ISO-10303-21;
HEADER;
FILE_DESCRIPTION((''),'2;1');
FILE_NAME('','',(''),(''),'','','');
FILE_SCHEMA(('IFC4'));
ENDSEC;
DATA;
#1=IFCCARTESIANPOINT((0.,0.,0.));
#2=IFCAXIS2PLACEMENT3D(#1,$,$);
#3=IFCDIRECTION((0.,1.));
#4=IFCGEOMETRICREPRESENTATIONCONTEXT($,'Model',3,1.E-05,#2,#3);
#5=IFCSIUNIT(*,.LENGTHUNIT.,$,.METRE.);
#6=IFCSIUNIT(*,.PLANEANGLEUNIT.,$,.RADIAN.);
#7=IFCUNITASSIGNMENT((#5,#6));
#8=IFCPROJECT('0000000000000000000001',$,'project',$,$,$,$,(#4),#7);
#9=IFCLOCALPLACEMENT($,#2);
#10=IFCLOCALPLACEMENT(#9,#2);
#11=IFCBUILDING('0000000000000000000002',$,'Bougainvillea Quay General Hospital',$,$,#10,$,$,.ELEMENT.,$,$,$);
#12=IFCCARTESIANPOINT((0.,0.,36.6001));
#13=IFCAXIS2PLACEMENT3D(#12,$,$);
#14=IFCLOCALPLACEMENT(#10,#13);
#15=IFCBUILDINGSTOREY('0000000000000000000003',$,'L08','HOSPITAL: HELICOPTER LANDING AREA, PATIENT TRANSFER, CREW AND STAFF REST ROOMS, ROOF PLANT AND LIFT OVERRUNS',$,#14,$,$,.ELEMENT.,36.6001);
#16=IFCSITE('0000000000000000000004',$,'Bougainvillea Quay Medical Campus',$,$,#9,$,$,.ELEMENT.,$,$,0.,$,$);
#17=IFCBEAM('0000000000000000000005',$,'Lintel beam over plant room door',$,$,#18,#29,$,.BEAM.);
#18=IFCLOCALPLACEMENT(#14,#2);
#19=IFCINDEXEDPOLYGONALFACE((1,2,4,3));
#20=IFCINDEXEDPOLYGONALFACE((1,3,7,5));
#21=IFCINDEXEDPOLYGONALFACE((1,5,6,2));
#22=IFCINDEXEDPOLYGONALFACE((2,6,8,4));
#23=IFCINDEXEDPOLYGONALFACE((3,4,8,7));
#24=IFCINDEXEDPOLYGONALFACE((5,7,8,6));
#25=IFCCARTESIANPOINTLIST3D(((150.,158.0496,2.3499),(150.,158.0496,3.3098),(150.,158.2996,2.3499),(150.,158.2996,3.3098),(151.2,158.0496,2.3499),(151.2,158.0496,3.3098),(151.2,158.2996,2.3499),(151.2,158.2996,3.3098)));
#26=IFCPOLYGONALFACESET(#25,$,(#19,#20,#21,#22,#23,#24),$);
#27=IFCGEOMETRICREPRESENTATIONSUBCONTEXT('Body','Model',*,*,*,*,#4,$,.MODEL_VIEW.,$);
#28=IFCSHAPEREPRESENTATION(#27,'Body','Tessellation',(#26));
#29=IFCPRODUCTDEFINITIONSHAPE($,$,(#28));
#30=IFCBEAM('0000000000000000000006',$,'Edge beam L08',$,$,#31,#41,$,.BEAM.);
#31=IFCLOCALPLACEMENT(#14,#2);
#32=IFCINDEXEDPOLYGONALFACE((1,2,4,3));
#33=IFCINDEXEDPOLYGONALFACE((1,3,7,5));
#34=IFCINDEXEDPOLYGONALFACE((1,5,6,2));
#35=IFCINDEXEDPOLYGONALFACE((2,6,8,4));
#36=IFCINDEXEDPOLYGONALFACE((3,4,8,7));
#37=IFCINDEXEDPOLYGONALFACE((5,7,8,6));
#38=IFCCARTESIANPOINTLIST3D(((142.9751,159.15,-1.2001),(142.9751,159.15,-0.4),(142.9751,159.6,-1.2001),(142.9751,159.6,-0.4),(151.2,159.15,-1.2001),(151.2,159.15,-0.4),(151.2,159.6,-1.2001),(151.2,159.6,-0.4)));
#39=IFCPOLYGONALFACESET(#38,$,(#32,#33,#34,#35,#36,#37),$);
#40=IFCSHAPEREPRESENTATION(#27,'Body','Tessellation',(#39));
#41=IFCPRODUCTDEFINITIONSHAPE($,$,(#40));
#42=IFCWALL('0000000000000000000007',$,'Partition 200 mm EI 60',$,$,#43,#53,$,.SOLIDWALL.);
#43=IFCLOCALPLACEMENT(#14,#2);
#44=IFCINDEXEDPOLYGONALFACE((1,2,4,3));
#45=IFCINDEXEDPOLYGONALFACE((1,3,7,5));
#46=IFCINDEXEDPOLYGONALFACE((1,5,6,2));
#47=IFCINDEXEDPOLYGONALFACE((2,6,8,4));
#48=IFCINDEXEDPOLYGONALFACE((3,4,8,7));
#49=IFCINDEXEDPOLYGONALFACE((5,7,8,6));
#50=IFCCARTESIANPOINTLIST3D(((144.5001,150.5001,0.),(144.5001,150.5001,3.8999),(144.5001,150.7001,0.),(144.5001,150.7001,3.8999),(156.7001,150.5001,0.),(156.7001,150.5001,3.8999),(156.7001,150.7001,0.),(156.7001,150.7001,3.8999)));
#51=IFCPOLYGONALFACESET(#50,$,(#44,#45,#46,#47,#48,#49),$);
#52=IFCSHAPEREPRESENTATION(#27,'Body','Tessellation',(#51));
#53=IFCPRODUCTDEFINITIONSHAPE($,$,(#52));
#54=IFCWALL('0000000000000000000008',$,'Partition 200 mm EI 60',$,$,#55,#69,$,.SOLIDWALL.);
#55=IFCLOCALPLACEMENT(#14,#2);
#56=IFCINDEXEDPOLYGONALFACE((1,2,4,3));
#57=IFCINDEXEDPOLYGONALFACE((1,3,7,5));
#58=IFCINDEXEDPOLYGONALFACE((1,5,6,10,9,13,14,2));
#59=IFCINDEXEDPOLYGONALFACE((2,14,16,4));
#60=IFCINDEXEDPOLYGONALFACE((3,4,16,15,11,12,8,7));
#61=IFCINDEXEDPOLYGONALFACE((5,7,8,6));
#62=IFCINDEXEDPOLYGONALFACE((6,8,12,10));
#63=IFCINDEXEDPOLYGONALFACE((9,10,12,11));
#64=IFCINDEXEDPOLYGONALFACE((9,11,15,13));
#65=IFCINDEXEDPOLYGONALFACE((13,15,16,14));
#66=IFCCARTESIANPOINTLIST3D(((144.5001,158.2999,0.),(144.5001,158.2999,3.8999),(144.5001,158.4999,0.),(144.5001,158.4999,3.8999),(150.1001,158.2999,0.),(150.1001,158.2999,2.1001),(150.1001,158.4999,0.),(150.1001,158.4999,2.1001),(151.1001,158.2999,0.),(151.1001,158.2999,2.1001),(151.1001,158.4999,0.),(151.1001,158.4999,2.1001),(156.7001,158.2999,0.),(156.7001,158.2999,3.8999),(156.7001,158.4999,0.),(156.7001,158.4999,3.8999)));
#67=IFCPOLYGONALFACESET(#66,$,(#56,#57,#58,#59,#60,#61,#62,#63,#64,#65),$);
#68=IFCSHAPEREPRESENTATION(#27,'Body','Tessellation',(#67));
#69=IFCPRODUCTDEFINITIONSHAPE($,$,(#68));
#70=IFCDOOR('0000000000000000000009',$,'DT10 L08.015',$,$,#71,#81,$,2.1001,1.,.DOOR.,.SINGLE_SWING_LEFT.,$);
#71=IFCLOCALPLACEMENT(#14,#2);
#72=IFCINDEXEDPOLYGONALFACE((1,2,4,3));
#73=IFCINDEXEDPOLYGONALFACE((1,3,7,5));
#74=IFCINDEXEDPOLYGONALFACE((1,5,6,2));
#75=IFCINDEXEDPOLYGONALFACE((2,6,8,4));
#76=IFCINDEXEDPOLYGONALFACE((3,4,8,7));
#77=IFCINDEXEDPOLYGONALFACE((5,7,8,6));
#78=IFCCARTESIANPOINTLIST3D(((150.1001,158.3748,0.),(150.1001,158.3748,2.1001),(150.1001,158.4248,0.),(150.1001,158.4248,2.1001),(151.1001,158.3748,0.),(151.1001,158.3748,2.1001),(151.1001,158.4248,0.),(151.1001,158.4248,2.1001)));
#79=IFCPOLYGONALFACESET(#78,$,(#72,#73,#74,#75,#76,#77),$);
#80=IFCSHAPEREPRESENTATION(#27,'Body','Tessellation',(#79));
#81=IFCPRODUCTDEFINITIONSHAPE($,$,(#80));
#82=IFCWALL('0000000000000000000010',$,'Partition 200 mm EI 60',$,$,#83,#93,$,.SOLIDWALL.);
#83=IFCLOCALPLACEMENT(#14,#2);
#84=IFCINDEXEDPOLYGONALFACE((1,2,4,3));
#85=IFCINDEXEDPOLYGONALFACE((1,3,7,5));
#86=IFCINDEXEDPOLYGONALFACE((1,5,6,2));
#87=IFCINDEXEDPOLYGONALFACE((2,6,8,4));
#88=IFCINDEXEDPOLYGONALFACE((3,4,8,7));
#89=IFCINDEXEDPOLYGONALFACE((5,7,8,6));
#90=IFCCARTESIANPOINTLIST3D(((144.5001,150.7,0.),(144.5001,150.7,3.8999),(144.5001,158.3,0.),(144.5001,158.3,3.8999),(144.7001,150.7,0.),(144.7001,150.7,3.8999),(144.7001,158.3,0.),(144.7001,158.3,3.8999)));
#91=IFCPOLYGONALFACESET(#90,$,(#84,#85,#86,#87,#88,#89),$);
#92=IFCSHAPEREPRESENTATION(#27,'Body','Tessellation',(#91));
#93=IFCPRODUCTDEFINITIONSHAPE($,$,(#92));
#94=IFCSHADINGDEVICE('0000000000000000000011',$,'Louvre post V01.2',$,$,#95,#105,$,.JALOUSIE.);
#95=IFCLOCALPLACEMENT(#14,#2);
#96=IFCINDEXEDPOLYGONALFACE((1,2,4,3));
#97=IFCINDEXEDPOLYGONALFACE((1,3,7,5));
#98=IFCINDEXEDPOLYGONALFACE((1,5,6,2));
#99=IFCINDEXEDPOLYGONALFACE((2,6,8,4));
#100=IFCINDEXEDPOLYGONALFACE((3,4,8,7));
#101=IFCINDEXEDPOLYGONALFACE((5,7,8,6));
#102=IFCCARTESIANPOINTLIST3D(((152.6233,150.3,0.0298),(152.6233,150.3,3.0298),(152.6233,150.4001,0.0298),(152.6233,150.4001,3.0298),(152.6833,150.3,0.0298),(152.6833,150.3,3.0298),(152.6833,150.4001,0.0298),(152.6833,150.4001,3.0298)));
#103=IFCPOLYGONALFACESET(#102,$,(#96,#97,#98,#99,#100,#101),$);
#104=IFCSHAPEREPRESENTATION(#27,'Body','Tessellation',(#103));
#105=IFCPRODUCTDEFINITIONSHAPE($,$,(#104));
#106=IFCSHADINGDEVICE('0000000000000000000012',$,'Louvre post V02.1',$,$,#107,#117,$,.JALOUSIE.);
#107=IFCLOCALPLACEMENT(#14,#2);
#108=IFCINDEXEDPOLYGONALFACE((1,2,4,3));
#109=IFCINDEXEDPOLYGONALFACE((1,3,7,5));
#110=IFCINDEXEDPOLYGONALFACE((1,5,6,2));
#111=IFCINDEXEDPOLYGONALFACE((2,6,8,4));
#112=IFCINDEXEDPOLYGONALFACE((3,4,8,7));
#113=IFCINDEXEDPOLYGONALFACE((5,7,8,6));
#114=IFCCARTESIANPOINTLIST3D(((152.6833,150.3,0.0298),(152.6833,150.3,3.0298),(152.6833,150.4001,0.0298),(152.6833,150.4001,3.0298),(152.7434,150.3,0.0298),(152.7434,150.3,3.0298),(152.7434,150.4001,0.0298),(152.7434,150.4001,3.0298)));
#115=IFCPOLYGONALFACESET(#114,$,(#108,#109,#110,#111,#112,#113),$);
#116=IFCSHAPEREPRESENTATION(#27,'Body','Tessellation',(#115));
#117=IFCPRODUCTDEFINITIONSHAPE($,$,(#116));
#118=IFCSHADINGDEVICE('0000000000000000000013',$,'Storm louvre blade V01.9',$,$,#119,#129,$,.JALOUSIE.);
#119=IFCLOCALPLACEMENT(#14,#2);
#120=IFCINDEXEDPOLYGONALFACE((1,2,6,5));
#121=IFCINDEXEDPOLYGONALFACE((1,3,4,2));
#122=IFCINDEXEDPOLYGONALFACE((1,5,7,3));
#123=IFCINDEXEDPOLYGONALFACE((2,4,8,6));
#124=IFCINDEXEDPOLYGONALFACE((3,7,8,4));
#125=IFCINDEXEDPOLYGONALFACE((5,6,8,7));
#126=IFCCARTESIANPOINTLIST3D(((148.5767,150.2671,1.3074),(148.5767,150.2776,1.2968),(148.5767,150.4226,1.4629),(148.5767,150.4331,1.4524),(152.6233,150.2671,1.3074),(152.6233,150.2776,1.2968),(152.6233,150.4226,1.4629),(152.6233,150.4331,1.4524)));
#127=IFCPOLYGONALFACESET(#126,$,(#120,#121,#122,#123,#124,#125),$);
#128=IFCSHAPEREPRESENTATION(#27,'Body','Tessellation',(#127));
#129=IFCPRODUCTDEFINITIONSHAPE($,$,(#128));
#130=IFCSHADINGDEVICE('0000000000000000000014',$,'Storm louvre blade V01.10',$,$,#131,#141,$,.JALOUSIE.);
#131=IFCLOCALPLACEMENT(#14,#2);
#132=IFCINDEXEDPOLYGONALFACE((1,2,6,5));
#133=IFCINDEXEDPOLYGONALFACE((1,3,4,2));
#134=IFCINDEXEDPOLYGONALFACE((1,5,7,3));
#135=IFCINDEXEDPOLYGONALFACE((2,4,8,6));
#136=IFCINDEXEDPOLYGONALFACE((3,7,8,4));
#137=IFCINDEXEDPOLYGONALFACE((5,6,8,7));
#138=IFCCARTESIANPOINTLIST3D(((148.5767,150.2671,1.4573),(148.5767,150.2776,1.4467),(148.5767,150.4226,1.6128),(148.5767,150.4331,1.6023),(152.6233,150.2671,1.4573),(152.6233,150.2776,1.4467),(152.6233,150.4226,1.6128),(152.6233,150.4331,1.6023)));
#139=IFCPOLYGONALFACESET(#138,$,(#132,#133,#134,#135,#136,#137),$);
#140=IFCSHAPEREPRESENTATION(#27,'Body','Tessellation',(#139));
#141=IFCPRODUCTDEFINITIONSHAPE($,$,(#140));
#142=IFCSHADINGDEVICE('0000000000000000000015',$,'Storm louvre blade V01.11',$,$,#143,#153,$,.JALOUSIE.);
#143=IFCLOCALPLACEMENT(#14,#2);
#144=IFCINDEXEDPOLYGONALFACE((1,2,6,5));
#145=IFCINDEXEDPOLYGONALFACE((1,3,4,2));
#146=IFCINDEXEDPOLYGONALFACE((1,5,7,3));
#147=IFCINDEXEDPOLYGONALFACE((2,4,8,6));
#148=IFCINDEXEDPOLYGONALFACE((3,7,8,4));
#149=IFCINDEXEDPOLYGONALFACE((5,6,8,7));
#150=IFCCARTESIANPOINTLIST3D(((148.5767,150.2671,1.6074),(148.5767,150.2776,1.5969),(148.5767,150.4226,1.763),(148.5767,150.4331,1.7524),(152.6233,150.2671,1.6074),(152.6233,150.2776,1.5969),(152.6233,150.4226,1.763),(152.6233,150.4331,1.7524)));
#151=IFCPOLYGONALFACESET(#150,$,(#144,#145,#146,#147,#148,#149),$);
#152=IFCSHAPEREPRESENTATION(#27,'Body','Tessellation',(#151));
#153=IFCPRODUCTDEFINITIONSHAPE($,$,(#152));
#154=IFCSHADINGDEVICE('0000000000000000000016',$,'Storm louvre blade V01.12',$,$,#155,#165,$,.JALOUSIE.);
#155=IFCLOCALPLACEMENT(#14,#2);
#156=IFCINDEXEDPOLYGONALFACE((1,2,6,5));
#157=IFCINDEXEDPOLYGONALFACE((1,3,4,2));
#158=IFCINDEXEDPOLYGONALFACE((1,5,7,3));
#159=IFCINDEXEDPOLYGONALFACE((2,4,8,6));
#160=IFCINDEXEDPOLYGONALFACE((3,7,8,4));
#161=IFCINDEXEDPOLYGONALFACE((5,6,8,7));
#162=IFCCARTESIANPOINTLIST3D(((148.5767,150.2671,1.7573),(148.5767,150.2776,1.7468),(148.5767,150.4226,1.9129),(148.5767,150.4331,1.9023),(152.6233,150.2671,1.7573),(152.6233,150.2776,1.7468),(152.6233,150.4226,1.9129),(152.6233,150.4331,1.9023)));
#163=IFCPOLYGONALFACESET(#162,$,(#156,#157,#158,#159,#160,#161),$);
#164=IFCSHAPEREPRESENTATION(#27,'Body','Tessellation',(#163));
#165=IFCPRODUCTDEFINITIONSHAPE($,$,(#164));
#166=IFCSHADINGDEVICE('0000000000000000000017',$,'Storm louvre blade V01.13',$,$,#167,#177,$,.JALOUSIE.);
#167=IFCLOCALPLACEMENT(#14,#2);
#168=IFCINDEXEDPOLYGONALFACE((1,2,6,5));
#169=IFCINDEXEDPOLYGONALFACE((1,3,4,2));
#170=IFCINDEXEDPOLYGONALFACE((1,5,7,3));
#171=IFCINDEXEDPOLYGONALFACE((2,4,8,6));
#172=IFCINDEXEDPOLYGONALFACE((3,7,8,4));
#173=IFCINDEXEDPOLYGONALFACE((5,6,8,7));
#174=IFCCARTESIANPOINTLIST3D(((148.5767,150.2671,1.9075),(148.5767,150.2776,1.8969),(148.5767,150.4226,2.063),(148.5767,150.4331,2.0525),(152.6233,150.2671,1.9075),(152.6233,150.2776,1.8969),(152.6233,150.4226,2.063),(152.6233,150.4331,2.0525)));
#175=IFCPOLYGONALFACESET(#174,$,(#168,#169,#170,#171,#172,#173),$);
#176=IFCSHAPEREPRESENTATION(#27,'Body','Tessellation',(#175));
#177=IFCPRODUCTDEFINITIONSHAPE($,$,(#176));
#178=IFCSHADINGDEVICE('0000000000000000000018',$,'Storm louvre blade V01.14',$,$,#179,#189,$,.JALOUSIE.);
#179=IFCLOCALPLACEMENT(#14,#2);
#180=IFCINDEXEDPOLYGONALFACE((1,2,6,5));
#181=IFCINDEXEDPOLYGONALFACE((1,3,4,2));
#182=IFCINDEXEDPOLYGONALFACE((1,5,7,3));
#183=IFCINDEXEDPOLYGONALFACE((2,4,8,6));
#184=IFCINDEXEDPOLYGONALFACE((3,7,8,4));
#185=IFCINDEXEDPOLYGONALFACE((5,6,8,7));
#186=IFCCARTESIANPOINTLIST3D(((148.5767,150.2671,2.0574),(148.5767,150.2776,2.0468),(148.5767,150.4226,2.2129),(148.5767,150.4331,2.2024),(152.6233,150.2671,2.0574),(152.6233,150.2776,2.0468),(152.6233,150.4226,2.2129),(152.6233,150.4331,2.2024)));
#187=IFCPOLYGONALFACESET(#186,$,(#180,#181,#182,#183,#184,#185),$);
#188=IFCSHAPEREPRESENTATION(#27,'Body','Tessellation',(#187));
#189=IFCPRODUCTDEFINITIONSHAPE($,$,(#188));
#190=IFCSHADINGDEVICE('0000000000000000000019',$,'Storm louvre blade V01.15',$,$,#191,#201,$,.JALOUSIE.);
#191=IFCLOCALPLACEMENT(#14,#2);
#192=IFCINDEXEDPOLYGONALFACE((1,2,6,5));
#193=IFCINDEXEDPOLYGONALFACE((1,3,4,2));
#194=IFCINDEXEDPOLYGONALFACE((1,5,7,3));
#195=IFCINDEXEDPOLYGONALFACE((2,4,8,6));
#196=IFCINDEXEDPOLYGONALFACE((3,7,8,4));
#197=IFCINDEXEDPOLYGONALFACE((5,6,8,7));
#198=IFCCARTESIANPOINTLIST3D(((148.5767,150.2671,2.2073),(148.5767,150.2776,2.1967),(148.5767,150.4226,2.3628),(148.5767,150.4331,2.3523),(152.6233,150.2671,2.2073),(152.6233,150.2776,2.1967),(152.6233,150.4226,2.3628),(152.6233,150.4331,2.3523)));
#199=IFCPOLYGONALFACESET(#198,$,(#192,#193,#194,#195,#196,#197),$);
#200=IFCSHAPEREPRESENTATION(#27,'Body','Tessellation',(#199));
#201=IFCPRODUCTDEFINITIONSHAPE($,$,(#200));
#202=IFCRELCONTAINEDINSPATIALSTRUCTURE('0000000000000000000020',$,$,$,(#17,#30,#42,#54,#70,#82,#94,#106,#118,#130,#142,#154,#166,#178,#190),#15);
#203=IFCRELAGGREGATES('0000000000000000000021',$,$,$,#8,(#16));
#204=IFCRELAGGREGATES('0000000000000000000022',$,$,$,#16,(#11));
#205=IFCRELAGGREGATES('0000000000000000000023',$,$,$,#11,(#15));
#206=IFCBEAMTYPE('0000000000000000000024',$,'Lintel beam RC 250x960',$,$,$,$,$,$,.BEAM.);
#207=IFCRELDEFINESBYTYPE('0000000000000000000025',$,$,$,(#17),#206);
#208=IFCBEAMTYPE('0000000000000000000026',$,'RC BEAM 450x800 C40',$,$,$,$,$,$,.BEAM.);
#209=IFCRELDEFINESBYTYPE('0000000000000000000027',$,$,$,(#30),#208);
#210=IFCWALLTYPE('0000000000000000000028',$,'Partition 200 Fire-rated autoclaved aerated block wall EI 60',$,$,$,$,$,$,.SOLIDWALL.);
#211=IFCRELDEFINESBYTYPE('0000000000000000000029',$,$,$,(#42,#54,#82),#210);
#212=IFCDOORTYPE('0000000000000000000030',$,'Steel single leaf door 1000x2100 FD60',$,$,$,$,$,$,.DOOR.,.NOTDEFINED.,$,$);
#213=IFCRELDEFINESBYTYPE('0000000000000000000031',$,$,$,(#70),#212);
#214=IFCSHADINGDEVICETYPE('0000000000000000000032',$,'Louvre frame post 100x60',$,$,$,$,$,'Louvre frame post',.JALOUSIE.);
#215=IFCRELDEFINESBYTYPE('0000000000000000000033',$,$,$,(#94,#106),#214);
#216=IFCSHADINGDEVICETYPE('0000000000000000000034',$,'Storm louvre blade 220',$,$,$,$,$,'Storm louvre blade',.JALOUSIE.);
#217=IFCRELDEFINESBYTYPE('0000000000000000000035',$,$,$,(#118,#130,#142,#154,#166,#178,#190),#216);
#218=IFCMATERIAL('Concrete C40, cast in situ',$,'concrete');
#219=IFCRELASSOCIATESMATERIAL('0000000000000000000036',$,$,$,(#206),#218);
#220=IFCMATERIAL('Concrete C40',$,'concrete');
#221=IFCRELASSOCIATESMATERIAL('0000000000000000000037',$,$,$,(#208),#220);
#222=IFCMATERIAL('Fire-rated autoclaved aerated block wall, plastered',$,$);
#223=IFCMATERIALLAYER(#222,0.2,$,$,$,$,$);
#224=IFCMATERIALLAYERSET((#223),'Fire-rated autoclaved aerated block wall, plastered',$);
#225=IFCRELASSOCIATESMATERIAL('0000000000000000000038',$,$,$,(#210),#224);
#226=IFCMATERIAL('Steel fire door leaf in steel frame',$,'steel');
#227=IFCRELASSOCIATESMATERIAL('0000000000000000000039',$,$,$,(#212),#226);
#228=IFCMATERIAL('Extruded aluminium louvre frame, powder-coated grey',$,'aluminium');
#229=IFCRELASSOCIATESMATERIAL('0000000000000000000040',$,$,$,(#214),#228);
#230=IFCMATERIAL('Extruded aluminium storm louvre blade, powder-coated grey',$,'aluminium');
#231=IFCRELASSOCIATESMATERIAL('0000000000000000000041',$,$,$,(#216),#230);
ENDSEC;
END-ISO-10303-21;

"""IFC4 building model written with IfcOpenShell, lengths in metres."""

from ifc_helpers import new_model, si_unit, direction, frame, frame_2d, origin, origin_2d, place, context, subcontext, project, spatial, rectangle, extrude, material, layer, layer_set, material_profile, profile_set, type_object, element, fill, save


model = new_model("IFC4")

# Units and contexts
model_context = context("Model", 3, precision=1e-05, world=origin(), true_north=direction((0.0, 1.0)))
body_context = subcontext(model_context, "Body", "Model", "MODEL_VIEW")
ifc_project = project(units=[si_unit("LENGTHUNIT", "METRE"), si_unit("PLANEANGLEUNIT", "RADIAN")], contexts=[model_context])

# Site, building, storey
site_placement = place(None, origin())
site = spatial("IfcSite", under=ifc_project, at=site_placement, Name="Bougainvillea Quay Medical Campus", CompositionType="ELEMENT", RefElevation=0.0)
building_placement = place(site_placement, origin())
building = spatial("IfcBuilding", under=site, at=building_placement, Name="Bougainvillea Quay General Hospital", CompositionType="ELEMENT")
storey_placement = place(building_placement, frame((0.0, 0.0, 36.6001)))
storey = spatial("IfcBuildingStorey", under=building, at=storey_placement, Name="L08", Description="HOSPITAL: HELICOPTER LANDING AREA, PATIENT TRANSFER, CREW AND STAFF REST ROOMS, ROOF PLANT AND LIFT OVERRUNS", CompositionType="ELEMENT", Elevation=36.6001)

# Beams
ifc_material_1 = material(Name="Concrete C40, cast in situ", Category="concrete")
ifc_material_profile_1 = material_profile(ifc_material_1, rectangle(XDim=0.25, YDim=0.96, at=origin_2d()))
ifc_profile_set_1 = profile_set([ifc_material_profile_1], Name="Concrete C40, cast in situ")
beam_type_1 = type_object("IfcBeamType", Name="Lintel beam RC 250x960", PredefinedType="BEAM", material=ifc_profile_set_1)
beam_1_placement = place(storey_placement, frame((150.0, 158.1746, 2.8298), z_axis=(1.0, 0.0, 0.0), x_axis=(0.0, 1.0, 0.0)))
element("IfcBeam", 1, at=beam_1_placement, inside=storey, type_object=beam_type_1, Name="Lintel beam over plant room door", PredefinedType="BEAM", context=body_context, shape_type="SweptSolid", body=[
    extrude(rectangle(XDim=0.25, YDim=0.96, at=origin_2d()), origin(), (0.0, 0.0, 1.0), 1.2),
])
ifc_material_2 = material(Name="Concrete C40", Category="concrete")
ifc_material_profile_2 = material_profile(ifc_material_2, rectangle(XDim=0.45, YDim=0.8, at=origin_2d()))
ifc_profile_set_2 = profile_set([ifc_material_profile_2], Name="Concrete C40")
beam_type_2 = type_object("IfcBeamType", Name="RC BEAM 450x800 C40", PredefinedType="BEAM", material=ifc_profile_set_2)
beam_2_placement = place(storey_placement, frame((151.2, 159.375, -0.8), z_axis=(-1.0, 0.0, 0.0), x_axis=(0.0, -1.0, 0.0)))
element("IfcBeam", 2, at=beam_2_placement, inside=storey, type_object=beam_type_2, Name="Edge beam L08", PredefinedType="BEAM", context=body_context, shape_type="SweptSolid", body=[
    extrude(rectangle(XDim=0.45, YDim=0.8, at=origin_2d()), origin(), (0.0, 0.0, 1.0), 8.2249),
])

# Wall
ifc_material_3 = material(Name="Fire-rated autoclaved aerated block wall, plastered")
ifc_layer = layer(ifc_material_3, 0.2)
ifc_layer_set = layer_set([ifc_layer], Name="Fire-rated autoclaved aerated block wall, plastered")
wall_type = type_object("IfcWallType", Name="Partition 200 Fire-rated autoclaved aerated block wall EI 60", PredefinedType="SOLIDWALL", material=ifc_layer_set)
wall_1_placement = place(storey_placement, frame((144.5, 150.6001, 0.0), z_axis=(0.0, 0.0, 1.0), x_axis=(1.0, 0.0, 0.0)))
element("IfcWall", 3, at=wall_1_placement, inside=storey, type_object=wall_type, Name="Partition 200 mm EI 60", PredefinedType="SOLIDWALL", context=body_context, shape_type="SweptSolid", body=[
    extrude(rectangle(XDim=12.2, YDim=0.2, at=frame_2d((6.1001, 0.0))), origin(), (0.0, 0.0, 1.0), 3.8999),
])

# Wall, opening, door
wall_2_placement = place(storey_placement, frame((144.5, 158.3999, 0.0), z_axis=(0.0, 0.0, 1.0), x_axis=(1.0, 0.0, 0.0)))
wall_2 = element("IfcWall", 4, at=wall_2_placement, inside=storey, type_object=wall_type, Name="Partition 200 mm EI 60", PredefinedType="SOLIDWALL", context=body_context, shape_type="SweptSolid", body=[
    extrude(rectangle(XDim=12.2, YDim=0.2, at=frame_2d((6.1001, 0.0))), origin(), (0.0, 0.0, 1.0), 3.8999),
])
opening_placement = place(wall_2_placement, frame((5.6001, 0.0, 0.0)))
opening = element("IfcOpeningElement", 5, at=opening_placement, cuts=wall_2, PredefinedType="OPENING", context=body_context, shape_type="SweptSolid", body=[
    extrude(rectangle(XDim=1.0, YDim=2.1001, at=frame_2d((0.5, 1.05))), frame((0.0, 0.1099, 0.0), z_axis=(0.0, -1.0, 0.0), x_axis=(1.0, 0.0, 0.0)), (0.0, 0.0, 1.0), 0.22),
])
ifc_material_4 = material(Name="Steel fire door leaf in steel frame", Category="steel")
door_type = type_object("IfcDoorType", Name="Steel single leaf door 1000x2100 FD60", OperationType="NOTDEFINED", PredefinedType="DOOR", material=ifc_material_4)
door_placement = place(opening_placement, origin())
door = element("IfcDoor", 6, at=door_placement, inside=storey, type_object=door_type, Name="DT10 L08.015", OperationType="SINGLE_SWING_LEFT", OverallHeight=2.1001, OverallWidth=1.0, PredefinedType="DOOR", context=body_context, shape_type="SweptSolid", body=[
    extrude(rectangle(XDim=1.0, YDim=2.1001, at=frame_2d((0.5, 1.05))), frame((0.0, 0.0249, 0.0), z_axis=(0.0, -1.0, 0.0), x_axis=(1.0, 0.0, 0.0)), (0.0, 0.0, 1.0), 0.05),
])
fill(opening, door)

# Wall
wall_3_placement = place(storey_placement, frame((144.6001, 150.7, 0.0), z_axis=(0.0, 0.0, 1.0), x_axis=(0.0, 1.0, 0.0)))
element("IfcWall", 7, at=wall_3_placement, inside=storey, type_object=wall_type, Name="Partition 200 mm EI 60", PredefinedType="SOLIDWALL", context=body_context, shape_type="SweptSolid", body=[
    extrude(rectangle(XDim=7.6001, YDim=0.2, at=frame_2d((3.8, 0.0))), origin(), (0.0, 0.0, 1.0), 3.8999),
])

# Shading devices
ifc_material_5 = material(Name="Extruded aluminium louvre frame, powder-coated grey", Category="aluminium")
ifc_material_profile_3 = material_profile(ifc_material_5, rectangle(XDim=0.1001, YDim=0.0601, at=origin_2d()))
ifc_profile_set_3 = profile_set([ifc_material_profile_3], Name="Extruded aluminium louvre frame, powder-coated grey")
shading_device_type_1 = type_object("IfcShadingDeviceType", Name="Louvre frame post 100x60", ElementType="Louvre frame post", PredefinedType="JALOUSIE", material=ifc_profile_set_3)
for number, where, z_axis, x_axis, name in (
    (8, (152.6533, 150.3501, 0.0298), (0.0, 0.0, 1.0), (0.0, 1.0, 0.0), "Louvre post V01.2"),
    (9, (152.7134, 150.3501, 0.0298), (0.0, 0.0, 1.0), (0.0, 1.0, 0.0), "Louvre post V02.1"),
):
    element("IfcShadingDevice", number, at=place(storey_placement, frame(where, z_axis=z_axis, x_axis=x_axis)), inside=storey, type_object=shading_device_type_1, Name=name, PredefinedType="JALOUSIE", context=body_context, shape_type="SweptSolid", body=[
        extrude(rectangle(XDim=0.1001, YDim=0.0601, at=origin_2d()), origin(), (0.0, 0.0, 1.0), 3.0),
    ])
ifc_material_6 = material(Name="Extruded aluminium storm louvre blade, powder-coated grey", Category="aluminium")
ifc_material_profile_4 = material_profile(ifc_material_6, rectangle(XDim=0.22, YDim=0.0149, at=origin_2d()))
ifc_profile_set_4 = profile_set([ifc_material_profile_4], Name="Extruded aluminium storm louvre blade, powder-coated grey")
shading_device_type_2 = type_object("IfcShadingDeviceType", Name="Storm louvre blade 220", ElementType="Storm louvre blade", PredefinedType="JALOUSIE", material=ifc_profile_set_4)
for number, where, z_axis, x_axis, name in (
    (10, (148.5767, 150.3501, 1.3799), (1.0, 0.0, 0.0), (0.0, 0.707107, 0.707107), "Storm louvre blade V01.9"),
    (11, (148.5767, 150.3501, 1.5298), (1.0, 0.0, 0.0), (0.0, 0.707107, 0.707107), "Storm louvre blade V01.10"),
    (12, (148.5767, 150.3501, 1.6799), (1.0, 0.0, 0.0), (0.0, 0.707107, 0.707107), "Storm louvre blade V01.11"),
    (13, (148.5767, 150.3501, 1.8298), (1.0, 0.0, 0.0), (0.0, 0.707107, 0.707107), "Storm louvre blade V01.12"),
    (14, (148.5767, 150.3501, 1.98), (1.0, 0.0, 0.0), (0.0, 0.707107, 0.707107), "Storm louvre blade V01.13"),
    (15, (148.5767, 150.3501, 2.1299), (1.0, 0.0, 0.0), (0.0, 0.707107, 0.707107), "Storm louvre blade V01.14"),
    (16, (148.5767, 150.3501, 2.2798), (1.0, 0.0, 0.0), (0.0, 0.707107, 0.707107), "Storm louvre blade V01.15"),
):
    element("IfcShadingDevice", number, at=place(storey_placement, frame(where, z_axis=z_axis, x_axis=x_axis)), inside=storey, type_object=shading_device_type_2, Name=name, PredefinedType="JALOUSIE", context=body_context, shape_type="SweptSolid", body=[
        extrude(rectangle(XDim=0.22, YDim=0.0149, at=origin_2d()), origin(), (0.0, 0.0, 1.0), 4.0466),
    ])

save(model, "model.ifc")
